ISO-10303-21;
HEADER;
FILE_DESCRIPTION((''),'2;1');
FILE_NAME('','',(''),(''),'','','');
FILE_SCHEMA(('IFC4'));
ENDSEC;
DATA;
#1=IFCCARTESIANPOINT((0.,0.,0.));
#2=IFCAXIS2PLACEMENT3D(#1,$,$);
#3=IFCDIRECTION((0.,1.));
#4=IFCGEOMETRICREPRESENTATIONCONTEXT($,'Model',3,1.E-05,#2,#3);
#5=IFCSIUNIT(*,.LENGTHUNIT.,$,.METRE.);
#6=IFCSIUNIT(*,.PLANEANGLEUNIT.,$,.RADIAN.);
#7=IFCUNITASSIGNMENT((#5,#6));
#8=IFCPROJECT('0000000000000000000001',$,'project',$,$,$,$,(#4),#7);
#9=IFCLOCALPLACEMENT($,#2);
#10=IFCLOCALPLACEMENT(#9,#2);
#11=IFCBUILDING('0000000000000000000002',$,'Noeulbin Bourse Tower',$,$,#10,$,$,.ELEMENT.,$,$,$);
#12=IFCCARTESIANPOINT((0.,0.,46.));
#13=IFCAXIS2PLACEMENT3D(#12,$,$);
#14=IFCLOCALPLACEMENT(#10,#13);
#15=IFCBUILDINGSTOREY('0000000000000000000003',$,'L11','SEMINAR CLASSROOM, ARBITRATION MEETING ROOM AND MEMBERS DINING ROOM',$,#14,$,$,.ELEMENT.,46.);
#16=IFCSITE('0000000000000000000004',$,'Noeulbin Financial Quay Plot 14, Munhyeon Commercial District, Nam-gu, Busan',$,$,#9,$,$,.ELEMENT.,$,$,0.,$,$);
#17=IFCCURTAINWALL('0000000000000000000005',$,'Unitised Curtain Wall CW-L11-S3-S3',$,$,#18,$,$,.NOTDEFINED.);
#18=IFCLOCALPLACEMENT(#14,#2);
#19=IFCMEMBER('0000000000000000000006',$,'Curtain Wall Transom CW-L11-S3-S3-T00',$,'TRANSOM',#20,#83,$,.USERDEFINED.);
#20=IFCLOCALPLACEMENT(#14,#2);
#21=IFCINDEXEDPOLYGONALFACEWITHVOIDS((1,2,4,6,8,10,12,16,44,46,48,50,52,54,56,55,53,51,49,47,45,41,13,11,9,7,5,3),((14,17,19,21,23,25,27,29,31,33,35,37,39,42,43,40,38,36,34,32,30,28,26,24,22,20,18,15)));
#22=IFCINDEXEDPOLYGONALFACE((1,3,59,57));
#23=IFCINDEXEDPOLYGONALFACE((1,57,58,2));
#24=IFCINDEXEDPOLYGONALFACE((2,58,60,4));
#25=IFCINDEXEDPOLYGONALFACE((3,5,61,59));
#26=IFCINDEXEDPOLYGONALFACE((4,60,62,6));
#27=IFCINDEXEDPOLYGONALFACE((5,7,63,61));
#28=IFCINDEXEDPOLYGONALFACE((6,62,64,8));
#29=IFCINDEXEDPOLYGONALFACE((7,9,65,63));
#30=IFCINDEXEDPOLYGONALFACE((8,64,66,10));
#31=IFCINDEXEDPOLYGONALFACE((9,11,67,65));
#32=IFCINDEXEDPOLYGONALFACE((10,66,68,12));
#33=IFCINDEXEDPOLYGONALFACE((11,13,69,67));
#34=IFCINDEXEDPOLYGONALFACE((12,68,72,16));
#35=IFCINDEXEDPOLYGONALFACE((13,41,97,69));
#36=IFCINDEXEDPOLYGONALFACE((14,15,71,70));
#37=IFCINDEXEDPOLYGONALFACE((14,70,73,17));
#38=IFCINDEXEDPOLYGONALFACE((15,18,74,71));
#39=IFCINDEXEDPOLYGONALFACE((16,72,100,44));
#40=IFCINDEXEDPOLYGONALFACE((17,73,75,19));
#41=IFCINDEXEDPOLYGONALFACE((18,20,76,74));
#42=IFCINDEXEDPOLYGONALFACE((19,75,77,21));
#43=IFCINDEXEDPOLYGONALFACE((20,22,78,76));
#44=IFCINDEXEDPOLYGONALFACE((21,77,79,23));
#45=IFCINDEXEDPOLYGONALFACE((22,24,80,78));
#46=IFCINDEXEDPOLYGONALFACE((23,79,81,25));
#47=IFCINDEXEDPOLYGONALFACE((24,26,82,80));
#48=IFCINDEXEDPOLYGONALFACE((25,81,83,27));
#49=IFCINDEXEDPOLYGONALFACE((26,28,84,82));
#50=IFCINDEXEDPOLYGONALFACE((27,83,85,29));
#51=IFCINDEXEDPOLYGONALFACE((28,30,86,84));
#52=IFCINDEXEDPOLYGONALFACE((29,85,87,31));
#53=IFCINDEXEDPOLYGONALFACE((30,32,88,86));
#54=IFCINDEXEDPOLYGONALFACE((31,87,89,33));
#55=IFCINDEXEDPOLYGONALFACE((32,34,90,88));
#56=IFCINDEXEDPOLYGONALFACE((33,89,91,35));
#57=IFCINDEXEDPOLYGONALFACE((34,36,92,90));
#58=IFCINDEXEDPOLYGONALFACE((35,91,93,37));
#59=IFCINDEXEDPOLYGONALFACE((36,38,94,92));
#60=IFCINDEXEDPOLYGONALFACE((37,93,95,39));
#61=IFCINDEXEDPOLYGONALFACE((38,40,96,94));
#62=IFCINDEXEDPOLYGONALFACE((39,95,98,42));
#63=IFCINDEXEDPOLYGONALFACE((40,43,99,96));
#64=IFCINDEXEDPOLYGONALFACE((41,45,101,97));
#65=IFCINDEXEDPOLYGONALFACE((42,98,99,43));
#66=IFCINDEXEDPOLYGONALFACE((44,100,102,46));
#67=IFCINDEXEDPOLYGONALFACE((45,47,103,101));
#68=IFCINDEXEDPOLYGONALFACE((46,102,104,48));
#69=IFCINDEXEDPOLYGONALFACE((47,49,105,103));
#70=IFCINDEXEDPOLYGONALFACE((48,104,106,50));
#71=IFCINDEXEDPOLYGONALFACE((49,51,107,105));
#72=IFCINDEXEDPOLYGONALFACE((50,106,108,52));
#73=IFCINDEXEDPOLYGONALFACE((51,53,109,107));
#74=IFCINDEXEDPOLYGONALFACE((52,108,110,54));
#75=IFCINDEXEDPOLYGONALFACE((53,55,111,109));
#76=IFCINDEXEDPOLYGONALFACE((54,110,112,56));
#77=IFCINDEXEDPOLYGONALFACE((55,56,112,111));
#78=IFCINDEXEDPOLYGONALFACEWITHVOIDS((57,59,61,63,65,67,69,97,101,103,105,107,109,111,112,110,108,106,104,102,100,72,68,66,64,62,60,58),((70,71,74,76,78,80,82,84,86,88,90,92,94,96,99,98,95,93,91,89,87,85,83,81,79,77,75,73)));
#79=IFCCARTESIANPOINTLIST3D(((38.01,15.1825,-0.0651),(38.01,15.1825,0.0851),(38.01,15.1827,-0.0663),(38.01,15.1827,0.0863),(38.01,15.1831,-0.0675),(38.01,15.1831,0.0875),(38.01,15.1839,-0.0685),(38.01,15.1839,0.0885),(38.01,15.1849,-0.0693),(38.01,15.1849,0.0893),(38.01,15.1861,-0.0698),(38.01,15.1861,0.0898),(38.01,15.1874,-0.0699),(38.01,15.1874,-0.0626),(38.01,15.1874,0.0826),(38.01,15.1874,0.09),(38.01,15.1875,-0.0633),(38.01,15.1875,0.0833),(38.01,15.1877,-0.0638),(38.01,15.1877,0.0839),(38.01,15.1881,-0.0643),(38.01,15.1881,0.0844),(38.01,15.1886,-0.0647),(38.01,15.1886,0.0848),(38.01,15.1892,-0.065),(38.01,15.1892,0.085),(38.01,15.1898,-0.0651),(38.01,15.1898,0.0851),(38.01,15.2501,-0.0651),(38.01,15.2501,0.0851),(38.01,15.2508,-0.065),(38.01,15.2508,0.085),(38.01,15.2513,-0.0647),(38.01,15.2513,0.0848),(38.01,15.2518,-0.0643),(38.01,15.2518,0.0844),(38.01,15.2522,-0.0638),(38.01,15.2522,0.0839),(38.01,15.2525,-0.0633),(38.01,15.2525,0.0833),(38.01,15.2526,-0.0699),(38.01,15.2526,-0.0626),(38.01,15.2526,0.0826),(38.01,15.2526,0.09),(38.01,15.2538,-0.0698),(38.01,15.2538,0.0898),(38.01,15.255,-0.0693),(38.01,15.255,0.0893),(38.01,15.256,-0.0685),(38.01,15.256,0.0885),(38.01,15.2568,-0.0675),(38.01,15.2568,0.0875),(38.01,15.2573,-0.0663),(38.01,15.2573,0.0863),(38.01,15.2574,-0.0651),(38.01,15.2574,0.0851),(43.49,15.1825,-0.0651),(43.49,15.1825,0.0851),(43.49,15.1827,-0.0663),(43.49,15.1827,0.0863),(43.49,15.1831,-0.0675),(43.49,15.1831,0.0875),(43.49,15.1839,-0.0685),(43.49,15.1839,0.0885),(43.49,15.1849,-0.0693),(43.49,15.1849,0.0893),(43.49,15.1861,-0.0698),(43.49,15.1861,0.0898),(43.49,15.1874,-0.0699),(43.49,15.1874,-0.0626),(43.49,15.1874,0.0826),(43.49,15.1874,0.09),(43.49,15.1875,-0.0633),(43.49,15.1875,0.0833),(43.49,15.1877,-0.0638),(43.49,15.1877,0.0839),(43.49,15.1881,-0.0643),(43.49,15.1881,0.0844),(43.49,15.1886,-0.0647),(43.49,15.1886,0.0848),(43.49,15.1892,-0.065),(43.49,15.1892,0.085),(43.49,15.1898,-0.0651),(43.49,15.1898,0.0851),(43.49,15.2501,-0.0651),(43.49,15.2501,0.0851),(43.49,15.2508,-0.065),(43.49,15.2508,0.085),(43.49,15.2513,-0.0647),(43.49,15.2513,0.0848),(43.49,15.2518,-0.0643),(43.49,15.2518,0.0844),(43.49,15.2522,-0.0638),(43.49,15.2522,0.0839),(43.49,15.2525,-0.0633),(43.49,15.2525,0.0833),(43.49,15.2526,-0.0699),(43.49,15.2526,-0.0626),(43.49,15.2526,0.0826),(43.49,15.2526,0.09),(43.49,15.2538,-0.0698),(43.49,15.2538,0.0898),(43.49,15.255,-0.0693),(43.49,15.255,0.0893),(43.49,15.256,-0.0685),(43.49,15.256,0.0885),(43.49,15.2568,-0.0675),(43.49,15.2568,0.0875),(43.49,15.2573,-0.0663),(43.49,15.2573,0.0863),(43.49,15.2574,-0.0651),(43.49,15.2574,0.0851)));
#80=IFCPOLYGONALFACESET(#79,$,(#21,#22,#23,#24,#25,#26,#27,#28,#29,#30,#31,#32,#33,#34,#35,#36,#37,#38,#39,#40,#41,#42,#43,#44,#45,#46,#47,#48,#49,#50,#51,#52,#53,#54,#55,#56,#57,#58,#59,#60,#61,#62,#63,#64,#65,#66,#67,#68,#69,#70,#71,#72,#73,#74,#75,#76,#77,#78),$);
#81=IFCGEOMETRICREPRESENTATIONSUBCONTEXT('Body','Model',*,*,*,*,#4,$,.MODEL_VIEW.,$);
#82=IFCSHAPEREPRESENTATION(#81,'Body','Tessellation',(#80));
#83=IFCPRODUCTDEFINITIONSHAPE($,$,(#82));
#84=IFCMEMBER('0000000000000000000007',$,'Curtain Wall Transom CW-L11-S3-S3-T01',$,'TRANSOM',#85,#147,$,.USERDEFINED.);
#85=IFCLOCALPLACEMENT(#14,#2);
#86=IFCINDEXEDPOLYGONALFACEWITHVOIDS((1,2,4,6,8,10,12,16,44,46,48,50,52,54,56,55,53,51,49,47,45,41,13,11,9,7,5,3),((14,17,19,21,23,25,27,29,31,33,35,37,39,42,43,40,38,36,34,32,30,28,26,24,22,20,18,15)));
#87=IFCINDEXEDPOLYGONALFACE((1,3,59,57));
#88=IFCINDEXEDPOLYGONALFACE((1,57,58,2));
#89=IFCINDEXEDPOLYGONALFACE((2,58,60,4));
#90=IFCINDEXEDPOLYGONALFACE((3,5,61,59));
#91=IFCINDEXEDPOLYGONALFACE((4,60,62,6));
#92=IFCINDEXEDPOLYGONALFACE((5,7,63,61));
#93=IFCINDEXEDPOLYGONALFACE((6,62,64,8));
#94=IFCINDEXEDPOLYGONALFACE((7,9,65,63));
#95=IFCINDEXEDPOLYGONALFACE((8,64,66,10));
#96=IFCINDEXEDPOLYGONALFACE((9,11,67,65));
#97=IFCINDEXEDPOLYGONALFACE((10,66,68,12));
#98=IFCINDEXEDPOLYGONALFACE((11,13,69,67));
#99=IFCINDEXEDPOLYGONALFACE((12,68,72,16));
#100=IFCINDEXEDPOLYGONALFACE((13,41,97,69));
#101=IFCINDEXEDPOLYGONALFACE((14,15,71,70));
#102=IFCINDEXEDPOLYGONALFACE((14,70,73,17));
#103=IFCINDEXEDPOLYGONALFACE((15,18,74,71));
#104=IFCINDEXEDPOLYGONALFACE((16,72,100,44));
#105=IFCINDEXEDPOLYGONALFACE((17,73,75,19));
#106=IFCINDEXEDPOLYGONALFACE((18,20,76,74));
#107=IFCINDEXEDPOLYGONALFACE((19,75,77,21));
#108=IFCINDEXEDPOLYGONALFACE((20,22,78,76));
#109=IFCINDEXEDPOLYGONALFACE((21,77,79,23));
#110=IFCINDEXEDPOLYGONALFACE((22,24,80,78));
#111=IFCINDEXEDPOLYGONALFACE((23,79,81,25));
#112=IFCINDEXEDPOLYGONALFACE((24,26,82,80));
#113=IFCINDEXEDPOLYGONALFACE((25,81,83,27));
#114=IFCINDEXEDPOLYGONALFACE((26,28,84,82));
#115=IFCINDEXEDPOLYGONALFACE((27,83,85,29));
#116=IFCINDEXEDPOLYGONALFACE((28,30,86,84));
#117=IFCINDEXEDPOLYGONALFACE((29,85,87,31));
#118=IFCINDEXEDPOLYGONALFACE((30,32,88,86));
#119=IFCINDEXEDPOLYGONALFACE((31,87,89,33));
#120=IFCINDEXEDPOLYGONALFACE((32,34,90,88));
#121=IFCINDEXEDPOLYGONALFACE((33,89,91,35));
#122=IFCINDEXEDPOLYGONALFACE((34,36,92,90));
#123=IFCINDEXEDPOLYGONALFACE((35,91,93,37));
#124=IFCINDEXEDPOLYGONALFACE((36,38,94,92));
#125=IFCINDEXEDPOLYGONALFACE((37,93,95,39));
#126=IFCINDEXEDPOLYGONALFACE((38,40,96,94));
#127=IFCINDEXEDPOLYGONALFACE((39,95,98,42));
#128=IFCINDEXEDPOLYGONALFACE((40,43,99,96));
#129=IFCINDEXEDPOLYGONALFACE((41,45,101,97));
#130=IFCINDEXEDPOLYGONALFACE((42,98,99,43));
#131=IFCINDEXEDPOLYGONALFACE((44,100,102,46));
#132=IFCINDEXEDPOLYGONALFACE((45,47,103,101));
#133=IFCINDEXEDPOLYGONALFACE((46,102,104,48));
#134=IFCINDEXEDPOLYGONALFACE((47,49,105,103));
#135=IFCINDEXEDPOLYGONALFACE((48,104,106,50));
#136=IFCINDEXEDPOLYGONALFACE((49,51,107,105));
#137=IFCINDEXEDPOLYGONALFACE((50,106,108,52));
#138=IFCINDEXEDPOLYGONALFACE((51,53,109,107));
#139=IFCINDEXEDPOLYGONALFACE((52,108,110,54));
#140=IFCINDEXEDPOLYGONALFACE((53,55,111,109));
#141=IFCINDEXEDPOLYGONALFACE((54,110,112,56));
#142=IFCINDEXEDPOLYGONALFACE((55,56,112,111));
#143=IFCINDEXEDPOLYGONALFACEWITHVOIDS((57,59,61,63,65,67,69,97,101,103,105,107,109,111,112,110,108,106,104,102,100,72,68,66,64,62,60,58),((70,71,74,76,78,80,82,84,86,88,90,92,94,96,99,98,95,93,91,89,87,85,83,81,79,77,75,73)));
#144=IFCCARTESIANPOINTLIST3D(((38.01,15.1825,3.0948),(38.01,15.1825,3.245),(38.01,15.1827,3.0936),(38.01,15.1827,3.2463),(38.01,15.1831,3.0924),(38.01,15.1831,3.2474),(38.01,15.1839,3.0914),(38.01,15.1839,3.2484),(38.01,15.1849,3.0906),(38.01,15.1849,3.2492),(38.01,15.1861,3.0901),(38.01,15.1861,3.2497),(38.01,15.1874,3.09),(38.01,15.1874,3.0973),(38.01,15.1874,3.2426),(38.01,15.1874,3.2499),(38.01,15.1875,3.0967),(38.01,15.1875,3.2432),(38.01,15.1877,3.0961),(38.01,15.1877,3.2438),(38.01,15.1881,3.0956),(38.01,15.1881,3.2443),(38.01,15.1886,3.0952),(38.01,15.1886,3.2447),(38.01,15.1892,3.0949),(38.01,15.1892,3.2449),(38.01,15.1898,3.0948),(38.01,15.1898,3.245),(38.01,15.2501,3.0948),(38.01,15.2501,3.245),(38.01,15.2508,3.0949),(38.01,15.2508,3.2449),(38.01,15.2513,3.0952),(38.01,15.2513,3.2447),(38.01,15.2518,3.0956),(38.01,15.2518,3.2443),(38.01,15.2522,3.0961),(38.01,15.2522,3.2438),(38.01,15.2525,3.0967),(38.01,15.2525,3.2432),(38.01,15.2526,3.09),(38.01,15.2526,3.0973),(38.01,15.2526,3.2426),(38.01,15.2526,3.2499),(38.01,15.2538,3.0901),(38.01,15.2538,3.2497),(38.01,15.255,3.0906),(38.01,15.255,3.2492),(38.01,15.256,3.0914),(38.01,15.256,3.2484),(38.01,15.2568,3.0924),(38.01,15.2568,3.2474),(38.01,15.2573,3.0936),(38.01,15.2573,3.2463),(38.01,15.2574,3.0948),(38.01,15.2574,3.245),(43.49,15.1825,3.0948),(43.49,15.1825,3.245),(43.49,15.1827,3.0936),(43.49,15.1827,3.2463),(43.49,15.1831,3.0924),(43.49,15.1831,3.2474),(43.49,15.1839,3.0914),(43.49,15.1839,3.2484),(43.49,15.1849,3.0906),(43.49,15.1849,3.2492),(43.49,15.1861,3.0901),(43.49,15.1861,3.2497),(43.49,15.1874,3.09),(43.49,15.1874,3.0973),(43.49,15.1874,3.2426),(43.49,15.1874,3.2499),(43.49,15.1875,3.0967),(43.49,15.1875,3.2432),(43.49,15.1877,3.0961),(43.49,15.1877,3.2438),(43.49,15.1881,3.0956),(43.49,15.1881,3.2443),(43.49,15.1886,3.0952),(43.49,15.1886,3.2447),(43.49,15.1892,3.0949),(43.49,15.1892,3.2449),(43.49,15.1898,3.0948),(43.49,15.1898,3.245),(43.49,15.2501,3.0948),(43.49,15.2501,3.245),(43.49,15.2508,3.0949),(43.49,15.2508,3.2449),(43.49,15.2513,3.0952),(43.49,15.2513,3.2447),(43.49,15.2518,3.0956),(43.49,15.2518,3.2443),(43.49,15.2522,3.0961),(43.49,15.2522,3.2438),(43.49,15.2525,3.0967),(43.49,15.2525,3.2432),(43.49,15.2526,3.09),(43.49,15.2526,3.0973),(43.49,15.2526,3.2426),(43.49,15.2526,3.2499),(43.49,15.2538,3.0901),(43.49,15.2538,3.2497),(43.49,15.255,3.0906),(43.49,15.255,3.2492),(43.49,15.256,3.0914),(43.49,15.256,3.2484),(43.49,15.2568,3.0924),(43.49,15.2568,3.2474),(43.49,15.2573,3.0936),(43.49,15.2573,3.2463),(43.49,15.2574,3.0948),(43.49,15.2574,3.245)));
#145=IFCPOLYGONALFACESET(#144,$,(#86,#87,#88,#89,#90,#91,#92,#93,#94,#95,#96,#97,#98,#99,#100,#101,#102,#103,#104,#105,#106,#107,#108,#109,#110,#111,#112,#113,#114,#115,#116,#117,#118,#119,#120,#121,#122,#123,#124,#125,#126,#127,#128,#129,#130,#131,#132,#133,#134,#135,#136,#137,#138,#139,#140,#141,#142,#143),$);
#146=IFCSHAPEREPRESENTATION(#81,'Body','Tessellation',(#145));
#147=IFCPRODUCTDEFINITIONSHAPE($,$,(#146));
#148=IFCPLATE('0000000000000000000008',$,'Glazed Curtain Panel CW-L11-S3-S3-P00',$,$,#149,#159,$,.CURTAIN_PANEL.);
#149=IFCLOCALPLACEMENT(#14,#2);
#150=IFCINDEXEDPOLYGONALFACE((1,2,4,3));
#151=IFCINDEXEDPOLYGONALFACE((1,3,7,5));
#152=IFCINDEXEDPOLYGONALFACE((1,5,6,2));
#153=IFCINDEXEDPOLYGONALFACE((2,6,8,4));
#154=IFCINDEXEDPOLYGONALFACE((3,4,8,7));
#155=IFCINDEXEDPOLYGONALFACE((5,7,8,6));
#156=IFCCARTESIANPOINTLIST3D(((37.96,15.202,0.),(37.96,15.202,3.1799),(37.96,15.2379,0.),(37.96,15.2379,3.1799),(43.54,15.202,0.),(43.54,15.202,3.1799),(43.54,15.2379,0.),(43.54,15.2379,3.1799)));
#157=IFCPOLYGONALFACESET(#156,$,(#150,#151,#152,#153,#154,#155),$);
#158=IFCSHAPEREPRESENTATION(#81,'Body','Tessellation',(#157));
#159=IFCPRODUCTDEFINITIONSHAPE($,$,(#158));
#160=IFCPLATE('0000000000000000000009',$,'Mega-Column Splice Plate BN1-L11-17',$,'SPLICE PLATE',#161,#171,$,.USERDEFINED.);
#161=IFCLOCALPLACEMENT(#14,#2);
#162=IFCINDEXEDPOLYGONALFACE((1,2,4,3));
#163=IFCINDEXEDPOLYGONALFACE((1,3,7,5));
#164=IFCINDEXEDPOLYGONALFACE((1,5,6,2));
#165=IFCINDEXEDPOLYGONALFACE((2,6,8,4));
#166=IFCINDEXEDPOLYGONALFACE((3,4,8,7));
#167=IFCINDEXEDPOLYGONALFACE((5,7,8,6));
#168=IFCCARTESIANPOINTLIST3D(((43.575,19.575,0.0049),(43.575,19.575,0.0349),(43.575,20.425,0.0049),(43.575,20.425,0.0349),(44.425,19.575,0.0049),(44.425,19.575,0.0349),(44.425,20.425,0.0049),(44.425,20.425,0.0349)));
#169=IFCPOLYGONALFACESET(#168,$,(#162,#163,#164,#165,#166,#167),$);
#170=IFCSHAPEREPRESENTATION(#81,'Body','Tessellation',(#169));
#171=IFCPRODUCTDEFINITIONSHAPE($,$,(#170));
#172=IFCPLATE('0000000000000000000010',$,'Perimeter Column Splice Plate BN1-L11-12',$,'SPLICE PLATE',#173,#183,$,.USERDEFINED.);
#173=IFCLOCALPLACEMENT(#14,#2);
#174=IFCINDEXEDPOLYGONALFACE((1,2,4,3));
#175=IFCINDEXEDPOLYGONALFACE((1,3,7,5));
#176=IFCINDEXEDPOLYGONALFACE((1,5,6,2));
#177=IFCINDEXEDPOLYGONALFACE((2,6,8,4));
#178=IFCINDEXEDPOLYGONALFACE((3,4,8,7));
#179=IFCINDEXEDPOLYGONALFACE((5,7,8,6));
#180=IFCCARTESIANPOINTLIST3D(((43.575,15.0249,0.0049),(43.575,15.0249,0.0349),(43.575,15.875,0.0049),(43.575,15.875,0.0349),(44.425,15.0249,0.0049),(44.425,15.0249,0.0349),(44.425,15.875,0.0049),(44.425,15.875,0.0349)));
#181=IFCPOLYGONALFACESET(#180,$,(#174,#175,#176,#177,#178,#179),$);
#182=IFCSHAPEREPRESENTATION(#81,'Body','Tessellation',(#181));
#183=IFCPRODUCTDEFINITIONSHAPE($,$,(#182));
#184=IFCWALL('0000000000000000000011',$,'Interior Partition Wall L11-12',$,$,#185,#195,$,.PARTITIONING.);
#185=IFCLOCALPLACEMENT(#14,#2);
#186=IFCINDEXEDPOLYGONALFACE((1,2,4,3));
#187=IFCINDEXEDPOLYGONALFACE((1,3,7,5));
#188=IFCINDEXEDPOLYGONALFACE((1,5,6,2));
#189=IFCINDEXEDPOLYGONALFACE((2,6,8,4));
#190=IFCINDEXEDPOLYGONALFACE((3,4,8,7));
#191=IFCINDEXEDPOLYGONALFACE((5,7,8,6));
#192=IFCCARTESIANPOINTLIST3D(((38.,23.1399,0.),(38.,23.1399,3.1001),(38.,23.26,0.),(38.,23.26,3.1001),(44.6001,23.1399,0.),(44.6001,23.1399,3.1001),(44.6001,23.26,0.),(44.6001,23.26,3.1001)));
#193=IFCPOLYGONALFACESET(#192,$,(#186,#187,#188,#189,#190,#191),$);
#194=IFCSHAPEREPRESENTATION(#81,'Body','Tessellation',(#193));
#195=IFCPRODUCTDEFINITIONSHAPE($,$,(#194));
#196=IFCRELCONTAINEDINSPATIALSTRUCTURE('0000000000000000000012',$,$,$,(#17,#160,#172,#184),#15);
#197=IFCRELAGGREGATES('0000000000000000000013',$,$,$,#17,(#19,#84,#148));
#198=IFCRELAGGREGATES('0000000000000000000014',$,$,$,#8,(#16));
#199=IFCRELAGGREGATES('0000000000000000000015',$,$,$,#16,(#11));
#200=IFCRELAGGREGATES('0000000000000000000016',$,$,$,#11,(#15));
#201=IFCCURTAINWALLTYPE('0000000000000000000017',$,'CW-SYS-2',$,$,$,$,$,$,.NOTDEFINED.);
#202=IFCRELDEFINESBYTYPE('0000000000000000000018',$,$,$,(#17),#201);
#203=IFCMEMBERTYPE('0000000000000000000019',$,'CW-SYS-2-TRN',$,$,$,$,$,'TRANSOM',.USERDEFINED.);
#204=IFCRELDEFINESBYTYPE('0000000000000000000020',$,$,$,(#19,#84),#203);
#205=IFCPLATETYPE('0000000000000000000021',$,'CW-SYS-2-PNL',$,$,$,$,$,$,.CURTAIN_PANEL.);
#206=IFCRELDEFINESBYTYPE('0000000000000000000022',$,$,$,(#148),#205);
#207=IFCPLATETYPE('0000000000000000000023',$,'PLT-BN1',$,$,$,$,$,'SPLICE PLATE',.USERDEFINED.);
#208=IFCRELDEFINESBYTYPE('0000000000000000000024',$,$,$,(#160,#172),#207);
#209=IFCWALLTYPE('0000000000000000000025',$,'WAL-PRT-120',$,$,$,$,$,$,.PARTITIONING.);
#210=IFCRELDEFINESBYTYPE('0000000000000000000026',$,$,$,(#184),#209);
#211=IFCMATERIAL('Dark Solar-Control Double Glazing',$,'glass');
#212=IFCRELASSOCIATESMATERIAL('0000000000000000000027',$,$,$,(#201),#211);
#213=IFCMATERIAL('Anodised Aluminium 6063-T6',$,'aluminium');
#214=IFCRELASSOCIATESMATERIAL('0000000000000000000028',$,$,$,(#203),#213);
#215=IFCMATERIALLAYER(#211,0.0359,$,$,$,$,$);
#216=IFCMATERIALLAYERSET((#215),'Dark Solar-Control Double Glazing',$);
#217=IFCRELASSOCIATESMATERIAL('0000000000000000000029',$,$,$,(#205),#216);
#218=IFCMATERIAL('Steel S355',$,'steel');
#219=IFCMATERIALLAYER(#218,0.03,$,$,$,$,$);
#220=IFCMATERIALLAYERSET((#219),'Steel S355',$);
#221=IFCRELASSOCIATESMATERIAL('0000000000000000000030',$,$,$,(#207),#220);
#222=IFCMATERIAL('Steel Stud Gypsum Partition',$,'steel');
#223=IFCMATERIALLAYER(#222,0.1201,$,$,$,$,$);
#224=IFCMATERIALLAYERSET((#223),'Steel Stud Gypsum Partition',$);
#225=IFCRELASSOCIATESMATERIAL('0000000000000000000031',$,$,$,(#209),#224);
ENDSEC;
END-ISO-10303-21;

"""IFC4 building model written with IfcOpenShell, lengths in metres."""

from ifc_helpers import new_model, si_unit, direction, frame, frame_2d, origin, origin_2d, place, context, subcontext, project, spatial, rectangle, hollow_rectangle, extrude, material, layer, layer_set, material_profile, profile_set, type_object, element, aggregate, save


model = new_model("IFC4")

# Units and contexts
model_context = context("Model", 3, precision=1e-05, world=origin(), true_north=direction((0.0, 1.0)))
body_context = subcontext(model_context, "Body", "Model", "MODEL_VIEW")
ifc_project = project(units=[si_unit("LENGTHUNIT", "METRE"), si_unit("PLANEANGLEUNIT", "RADIAN")], contexts=[model_context])

# Site, building, storey
site_placement = place(None, origin())
site = spatial("IfcSite", under=ifc_project, at=site_placement, Name="Noeulbin Financial Quay Plot 14, Munhyeon Commercial District, Nam-gu, Busan", CompositionType="ELEMENT", RefElevation=0.0)
building_placement = place(site_placement, origin())
building = spatial("IfcBuilding", under=site, at=building_placement, Name="Noeulbin Bourse Tower", CompositionType="ELEMENT")
storey_placement = place(building_placement, frame((0.0, 0.0, 46.0)))
storey = spatial("IfcBuildingStorey", under=building, at=storey_placement, Name="L11", Description="SEMINAR CLASSROOM, ARBITRATION MEETING ROOM AND MEMBERS DINING ROOM", CompositionType="ELEMENT", Elevation=46.0)

# Shared definitions
ifc_material_1 = material(Name="Steel S355", Category="steel")

# Curtain wall, members, plate
ifc_material_2 = material(Name="Dark Solar-Control Double Glazing", Category="glass")
curtain_wall_type = type_object("IfcCurtainWallType", Name="CW-SYS-2", PredefinedType="NOTDEFINED", material=ifc_material_2)
curtain_wall_placement = place(storey_placement, origin())
curtain_wall = element("IfcCurtainWall", 1, at=curtain_wall_placement, inside=storey, type_object=curtain_wall_type, Name="Unitised Curtain Wall CW-L11-S3-S3", PredefinedType="NOTDEFINED")
ifc_material_3 = material(Name="Anodised Aluminium 6063-T6", Category="aluminium")
ifc_material_profile_1 = material_profile(ifc_material_3, hollow_rectangle(XDim=0.075, YDim=0.1599, WallThickness=0.0049, InnerFilletRadius=0.0024, OuterFilletRadius=0.0049, at=origin_2d()), Name="ALU-TRAN-75x160x5", Category="LoadBearing")
ifc_profile_set_1 = profile_set([ifc_material_profile_1], Name="Anodised Aluminium 6063-T6")
member_type_1 = type_object("IfcMemberType", Name="CW-SYS-2-TRN", ElementType="TRANSOM", PredefinedType="USERDEFINED", material=ifc_profile_set_1)
member_1_placement = place(storey_placement, frame((38.01, 15.22, 0.01), z_axis=(1.0, 0.0, 0.0), x_axis=(0.0, 1.0, 0.0)))
member_1 = element("IfcMember", 2, at=member_1_placement, type_object=member_type_1, Name="Curtain Wall Transom CW-L11-S3-S3-T00", ObjectType="TRANSOM", PredefinedType="USERDEFINED", context=body_context, shape_type="SweptSolid", body=[
    extrude(hollow_rectangle(XDim=0.075, YDim=0.1599, WallThickness=0.0049, InnerFilletRadius=0.0024, OuterFilletRadius=0.0049, at=origin_2d()), origin(), (0.0, 0.0, 1.0), 5.48),
])
member_2_placement = place(storey_placement, frame((38.01, 15.22, 3.1699), z_axis=(1.0, 0.0, 0.0), x_axis=(0.0, 1.0, 0.0)))
member_2 = element("IfcMember", 3, at=member_2_placement, type_object=member_type_1, Name="Curtain Wall Transom CW-L11-S3-S3-T01", ObjectType="TRANSOM", PredefinedType="USERDEFINED", context=body_context, shape_type="SweptSolid", body=[
    extrude(hollow_rectangle(XDim=0.075, YDim=0.1599, WallThickness=0.0049, InnerFilletRadius=0.0024, OuterFilletRadius=0.0049, at=origin_2d()), origin(), (0.0, 0.0, 1.0), 5.48),
])
ifc_layer_1 = layer(ifc_material_2, 0.0359)
ifc_layer_set_1 = layer_set([ifc_layer_1], Name="Dark Solar-Control Double Glazing")
plate_type_1 = type_object("IfcPlateType", Name="CW-SYS-2-PNL", PredefinedType="CURTAIN_PANEL", material=ifc_layer_set_1)
plate_placement = place(storey_placement, frame((40.75, 15.22, 0.0), z_axis=(0.0, 0.0, 1.0), x_axis=(1.0, 0.0, 0.0)))
plate = element("IfcPlate", 4, at=plate_placement, type_object=plate_type_1, Name="Glazed Curtain Panel CW-L11-S3-S3-P00", PredefinedType="CURTAIN_PANEL", context=body_context, shape_type="SweptSolid", body=[
    extrude(rectangle(XDim=5.5801, YDim=0.0359, at=origin_2d()), origin(), (0.0, 0.0, 1.0), 3.1799),
])
aggregate(curtain_wall, [member_1, member_2, plate])

# Plates
ifc_layer_2 = layer(ifc_material_1, 0.03)
ifc_layer_set_2 = layer_set([ifc_layer_2], Name="Steel S355")
plate_type_2 = type_object("IfcPlateType", Name="PLT-BN1", ElementType="SPLICE PLATE", PredefinedType="USERDEFINED", material=ifc_layer_set_2)
for number, where, z_axis, x_axis, name in (
    (5, (44.0, 20.0, 0.0049), (0.0, 0.0, 1.0), (1.0, 0.0, 0.0), "Mega-Column Splice Plate BN1-L11-17"),
    (6, (44.0, 15.45, 0.0049), (0.0, 0.0, 1.0), (1.0, 0.0, 0.0), "Perimeter Column Splice Plate BN1-L11-12"),
):
    element("IfcPlate", number, at=place(storey_placement, frame(where, z_axis=z_axis, x_axis=x_axis)), inside=storey, type_object=plate_type_2, Name=name, ObjectType="SPLICE PLATE", PredefinedType="USERDEFINED", context=body_context, shape_type="SweptSolid", body=[
        extrude(rectangle(XDim=0.8501, YDim=0.8501, at=origin_2d()), origin(), (0.0, 0.0, 1.0), 0.03),
    ])

# Wall
ifc_material_4 = material(Name="Steel Stud Gypsum Partition", Category="steel")
ifc_layer_3 = layer(ifc_material_4, 0.1201)
ifc_layer_set_3 = layer_set([ifc_layer_3], Name="Steel Stud Gypsum Partition")
wall_type = type_object("IfcWallType", Name="WAL-PRT-120", PredefinedType="PARTITIONING", material=ifc_layer_set_3)
wall_1_placement = place(storey_placement, frame((38.0, 23.2, 0.0), z_axis=(0.0, 0.0, 1.0), x_axis=(1.0, 0.0, 0.0)))
element("IfcWall", 7, at=wall_1_placement, inside=storey, type_object=wall_type, Name="Interior Partition Wall L11-12", PredefinedType="PARTITIONING", context=body_context, shape_type="SweptSolid", body=[
    extrude(rectangle(XDim=6.6001, YDim=0.1201, at=frame_2d((3.3, 0.0))), origin(), (0.0, 0.0, 1.0), 3.1001),
])

save(model, "model.ifc")
